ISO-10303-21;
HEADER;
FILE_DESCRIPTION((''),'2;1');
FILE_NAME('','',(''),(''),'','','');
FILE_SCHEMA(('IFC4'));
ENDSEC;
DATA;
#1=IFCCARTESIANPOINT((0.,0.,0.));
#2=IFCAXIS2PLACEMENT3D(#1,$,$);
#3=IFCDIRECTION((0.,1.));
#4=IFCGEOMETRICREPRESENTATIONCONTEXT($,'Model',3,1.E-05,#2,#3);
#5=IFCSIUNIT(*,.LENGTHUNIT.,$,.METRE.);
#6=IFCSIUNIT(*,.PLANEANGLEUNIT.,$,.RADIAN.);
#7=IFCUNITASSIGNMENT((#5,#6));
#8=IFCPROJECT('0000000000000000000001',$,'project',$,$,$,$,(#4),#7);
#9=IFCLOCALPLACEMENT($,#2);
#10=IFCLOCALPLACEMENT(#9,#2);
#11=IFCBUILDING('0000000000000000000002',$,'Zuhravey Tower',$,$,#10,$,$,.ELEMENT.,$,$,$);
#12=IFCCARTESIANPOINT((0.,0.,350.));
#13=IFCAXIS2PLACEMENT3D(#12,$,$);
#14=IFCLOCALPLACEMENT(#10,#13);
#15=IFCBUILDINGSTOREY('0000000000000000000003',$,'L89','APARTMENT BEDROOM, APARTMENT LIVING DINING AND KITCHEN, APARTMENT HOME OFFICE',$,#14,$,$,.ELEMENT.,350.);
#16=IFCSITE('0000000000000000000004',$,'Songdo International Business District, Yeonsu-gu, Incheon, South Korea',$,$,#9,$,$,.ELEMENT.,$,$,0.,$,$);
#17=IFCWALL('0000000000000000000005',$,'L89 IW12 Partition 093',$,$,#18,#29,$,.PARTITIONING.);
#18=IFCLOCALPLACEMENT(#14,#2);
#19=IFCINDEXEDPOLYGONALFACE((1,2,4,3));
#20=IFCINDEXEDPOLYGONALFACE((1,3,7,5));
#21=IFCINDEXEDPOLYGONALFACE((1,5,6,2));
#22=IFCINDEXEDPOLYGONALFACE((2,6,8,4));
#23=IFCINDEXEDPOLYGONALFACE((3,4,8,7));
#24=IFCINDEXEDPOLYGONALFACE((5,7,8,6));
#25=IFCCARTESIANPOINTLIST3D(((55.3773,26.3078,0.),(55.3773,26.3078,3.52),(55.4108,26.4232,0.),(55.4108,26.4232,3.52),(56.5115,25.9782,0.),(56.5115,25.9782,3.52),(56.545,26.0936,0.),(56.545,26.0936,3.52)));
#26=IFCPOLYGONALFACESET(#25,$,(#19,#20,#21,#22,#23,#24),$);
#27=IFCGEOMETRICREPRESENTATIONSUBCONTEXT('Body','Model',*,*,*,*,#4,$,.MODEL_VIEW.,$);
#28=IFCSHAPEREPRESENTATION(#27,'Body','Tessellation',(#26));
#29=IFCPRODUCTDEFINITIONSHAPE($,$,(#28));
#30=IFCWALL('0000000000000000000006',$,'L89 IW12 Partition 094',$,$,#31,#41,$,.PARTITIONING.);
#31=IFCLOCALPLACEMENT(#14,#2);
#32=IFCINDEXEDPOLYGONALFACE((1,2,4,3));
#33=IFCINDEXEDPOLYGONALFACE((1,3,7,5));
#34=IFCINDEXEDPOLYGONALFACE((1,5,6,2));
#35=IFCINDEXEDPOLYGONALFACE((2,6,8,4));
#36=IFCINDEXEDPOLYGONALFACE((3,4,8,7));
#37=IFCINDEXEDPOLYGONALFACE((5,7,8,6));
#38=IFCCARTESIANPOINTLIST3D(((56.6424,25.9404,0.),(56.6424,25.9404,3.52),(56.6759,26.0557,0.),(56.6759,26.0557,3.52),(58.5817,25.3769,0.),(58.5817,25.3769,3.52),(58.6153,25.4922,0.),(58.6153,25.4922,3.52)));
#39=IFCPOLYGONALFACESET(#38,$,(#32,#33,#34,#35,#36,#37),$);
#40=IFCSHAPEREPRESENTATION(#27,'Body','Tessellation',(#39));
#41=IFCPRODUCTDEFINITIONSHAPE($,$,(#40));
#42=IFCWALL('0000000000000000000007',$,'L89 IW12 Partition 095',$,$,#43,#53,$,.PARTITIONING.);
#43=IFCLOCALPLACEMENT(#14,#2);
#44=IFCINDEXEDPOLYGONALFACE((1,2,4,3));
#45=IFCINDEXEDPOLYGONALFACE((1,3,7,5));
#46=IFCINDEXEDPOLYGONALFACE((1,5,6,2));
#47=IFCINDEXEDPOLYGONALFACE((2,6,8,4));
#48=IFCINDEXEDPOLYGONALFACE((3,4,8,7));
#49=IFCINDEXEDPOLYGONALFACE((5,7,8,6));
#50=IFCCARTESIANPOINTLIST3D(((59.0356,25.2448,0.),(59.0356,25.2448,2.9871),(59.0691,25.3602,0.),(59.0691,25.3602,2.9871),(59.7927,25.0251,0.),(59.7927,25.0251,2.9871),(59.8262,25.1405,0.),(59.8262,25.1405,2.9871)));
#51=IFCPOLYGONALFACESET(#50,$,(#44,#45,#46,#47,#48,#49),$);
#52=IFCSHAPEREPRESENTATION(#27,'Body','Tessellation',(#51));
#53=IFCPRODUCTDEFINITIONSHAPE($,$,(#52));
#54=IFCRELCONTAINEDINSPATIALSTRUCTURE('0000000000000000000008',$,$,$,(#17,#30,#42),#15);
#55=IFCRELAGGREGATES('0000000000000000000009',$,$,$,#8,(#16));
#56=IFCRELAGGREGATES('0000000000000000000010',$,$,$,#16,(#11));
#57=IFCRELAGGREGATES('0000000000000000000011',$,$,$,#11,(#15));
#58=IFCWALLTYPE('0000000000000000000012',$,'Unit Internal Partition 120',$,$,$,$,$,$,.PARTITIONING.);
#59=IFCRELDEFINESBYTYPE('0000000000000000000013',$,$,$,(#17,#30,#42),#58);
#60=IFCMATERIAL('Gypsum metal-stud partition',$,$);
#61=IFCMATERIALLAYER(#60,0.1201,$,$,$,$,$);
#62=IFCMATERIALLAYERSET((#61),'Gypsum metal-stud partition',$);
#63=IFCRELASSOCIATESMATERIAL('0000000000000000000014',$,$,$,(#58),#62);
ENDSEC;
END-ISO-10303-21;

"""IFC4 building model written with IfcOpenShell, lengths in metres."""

from ifc_helpers import new_model, si_unit, direction, frame, frame_2d, origin, place, context, subcontext, project, spatial, rectangle, extrude, material, layer, layer_set, type_object, element, save


model = new_model("IFC4")

# Units and contexts
model_context = context("Model", 3, precision=1e-05, world=origin(), true_north=direction((0.0, 1.0)))
body_context = subcontext(model_context, "Body", "Model", "MODEL_VIEW")
ifc_project = project(units=[si_unit("LENGTHUNIT", "METRE"), si_unit("PLANEANGLEUNIT", "RADIAN")], contexts=[model_context])

# Site, building, storey
site_placement = place(None, origin())
site = spatial("IfcSite", under=ifc_project, at=site_placement, Name="Songdo International Business District, Yeonsu-gu, Incheon, South Korea", CompositionType="ELEMENT", RefElevation=0.0)
building_placement = place(site_placement, origin())
building = spatial("IfcBuilding", under=site, at=building_placement, Name="Zuhravey Tower", CompositionType="ELEMENT")
storey_placement = place(building_placement, frame((0.0, 0.0, 350.0)))
storey = spatial("IfcBuildingStorey", under=building, at=storey_placement, Name="L89", Description="APARTMENT BEDROOM, APARTMENT LIVING DINING AND KITCHEN, APARTMENT HOME OFFICE", CompositionType="ELEMENT", Elevation=350.0)

# Shared definitions
ifc_material_1 = material(Name="Gypsum metal-stud partition")
ifc_layer_1 = layer(ifc_material_1, 0.1201)
ifc_layer_set_1 = layer_set([ifc_layer_1], Name="Gypsum metal-stud partition")
wall_type_1 = type_object("IfcWallType", Name="Unit Internal Partition 120", PredefinedType="PARTITIONING", material=ifc_layer_set_1)

# Walls
wall_1_placement = place(storey_placement, frame((55.394, 26.3655, 0.0), z_axis=(0.0, 0.0, 1.0), x_axis=(0.960282, -0.279032, 0.0)))
element("IfcWall", 1, at=wall_1_placement, inside=storey, type_object=wall_type_1, Name="L89 IW12 Partition 093", PredefinedType="PARTITIONING", context=body_context, shape_type="SweptSolid", body=[
    extrude(rectangle(XDim=1.1812, YDim=0.1201, at=frame_2d((0.5906, 0.0))), origin(), (0.0, 0.0, 1.0), 3.52),
])
wall_2_placement = place(storey_placement, frame((56.6592, 25.998, 0.0), z_axis=(0.0, 0.0, 1.0), x_axis=(0.960283, -0.27903, 0.0)))
element("IfcWall", 2, at=wall_2_placement, inside=storey, type_object=wall_type_1, Name="L89 IW12 Partition 094", PredefinedType="PARTITIONING", context=body_context, shape_type="SweptSolid", body=[
    extrude(rectangle(XDim=2.0195, YDim=0.1201, at=frame_2d((1.0098, 0.0))), origin(), (0.0, 0.0, 1.0), 3.52),
])
wall_3_placement = place(storey_placement, frame((59.0525, 25.3025, 0.0), z_axis=(0.0, 0.0, 1.0), x_axis=(0.96037, -0.278727, 0.0)))
element("IfcWall", 3, at=wall_3_placement, inside=storey, type_object=wall_type_1, Name="L89 IW12 Partition 095", PredefinedType="PARTITIONING", context=body_context, shape_type="SweptSolid", body=[
    extrude(rectangle(XDim=0.7883, YDim=0.1201, at=frame_2d((0.394, 0.0))), origin(), (0.0, 0.0, 1.0), 2.9871),
])

save(model, "model.ifc")
